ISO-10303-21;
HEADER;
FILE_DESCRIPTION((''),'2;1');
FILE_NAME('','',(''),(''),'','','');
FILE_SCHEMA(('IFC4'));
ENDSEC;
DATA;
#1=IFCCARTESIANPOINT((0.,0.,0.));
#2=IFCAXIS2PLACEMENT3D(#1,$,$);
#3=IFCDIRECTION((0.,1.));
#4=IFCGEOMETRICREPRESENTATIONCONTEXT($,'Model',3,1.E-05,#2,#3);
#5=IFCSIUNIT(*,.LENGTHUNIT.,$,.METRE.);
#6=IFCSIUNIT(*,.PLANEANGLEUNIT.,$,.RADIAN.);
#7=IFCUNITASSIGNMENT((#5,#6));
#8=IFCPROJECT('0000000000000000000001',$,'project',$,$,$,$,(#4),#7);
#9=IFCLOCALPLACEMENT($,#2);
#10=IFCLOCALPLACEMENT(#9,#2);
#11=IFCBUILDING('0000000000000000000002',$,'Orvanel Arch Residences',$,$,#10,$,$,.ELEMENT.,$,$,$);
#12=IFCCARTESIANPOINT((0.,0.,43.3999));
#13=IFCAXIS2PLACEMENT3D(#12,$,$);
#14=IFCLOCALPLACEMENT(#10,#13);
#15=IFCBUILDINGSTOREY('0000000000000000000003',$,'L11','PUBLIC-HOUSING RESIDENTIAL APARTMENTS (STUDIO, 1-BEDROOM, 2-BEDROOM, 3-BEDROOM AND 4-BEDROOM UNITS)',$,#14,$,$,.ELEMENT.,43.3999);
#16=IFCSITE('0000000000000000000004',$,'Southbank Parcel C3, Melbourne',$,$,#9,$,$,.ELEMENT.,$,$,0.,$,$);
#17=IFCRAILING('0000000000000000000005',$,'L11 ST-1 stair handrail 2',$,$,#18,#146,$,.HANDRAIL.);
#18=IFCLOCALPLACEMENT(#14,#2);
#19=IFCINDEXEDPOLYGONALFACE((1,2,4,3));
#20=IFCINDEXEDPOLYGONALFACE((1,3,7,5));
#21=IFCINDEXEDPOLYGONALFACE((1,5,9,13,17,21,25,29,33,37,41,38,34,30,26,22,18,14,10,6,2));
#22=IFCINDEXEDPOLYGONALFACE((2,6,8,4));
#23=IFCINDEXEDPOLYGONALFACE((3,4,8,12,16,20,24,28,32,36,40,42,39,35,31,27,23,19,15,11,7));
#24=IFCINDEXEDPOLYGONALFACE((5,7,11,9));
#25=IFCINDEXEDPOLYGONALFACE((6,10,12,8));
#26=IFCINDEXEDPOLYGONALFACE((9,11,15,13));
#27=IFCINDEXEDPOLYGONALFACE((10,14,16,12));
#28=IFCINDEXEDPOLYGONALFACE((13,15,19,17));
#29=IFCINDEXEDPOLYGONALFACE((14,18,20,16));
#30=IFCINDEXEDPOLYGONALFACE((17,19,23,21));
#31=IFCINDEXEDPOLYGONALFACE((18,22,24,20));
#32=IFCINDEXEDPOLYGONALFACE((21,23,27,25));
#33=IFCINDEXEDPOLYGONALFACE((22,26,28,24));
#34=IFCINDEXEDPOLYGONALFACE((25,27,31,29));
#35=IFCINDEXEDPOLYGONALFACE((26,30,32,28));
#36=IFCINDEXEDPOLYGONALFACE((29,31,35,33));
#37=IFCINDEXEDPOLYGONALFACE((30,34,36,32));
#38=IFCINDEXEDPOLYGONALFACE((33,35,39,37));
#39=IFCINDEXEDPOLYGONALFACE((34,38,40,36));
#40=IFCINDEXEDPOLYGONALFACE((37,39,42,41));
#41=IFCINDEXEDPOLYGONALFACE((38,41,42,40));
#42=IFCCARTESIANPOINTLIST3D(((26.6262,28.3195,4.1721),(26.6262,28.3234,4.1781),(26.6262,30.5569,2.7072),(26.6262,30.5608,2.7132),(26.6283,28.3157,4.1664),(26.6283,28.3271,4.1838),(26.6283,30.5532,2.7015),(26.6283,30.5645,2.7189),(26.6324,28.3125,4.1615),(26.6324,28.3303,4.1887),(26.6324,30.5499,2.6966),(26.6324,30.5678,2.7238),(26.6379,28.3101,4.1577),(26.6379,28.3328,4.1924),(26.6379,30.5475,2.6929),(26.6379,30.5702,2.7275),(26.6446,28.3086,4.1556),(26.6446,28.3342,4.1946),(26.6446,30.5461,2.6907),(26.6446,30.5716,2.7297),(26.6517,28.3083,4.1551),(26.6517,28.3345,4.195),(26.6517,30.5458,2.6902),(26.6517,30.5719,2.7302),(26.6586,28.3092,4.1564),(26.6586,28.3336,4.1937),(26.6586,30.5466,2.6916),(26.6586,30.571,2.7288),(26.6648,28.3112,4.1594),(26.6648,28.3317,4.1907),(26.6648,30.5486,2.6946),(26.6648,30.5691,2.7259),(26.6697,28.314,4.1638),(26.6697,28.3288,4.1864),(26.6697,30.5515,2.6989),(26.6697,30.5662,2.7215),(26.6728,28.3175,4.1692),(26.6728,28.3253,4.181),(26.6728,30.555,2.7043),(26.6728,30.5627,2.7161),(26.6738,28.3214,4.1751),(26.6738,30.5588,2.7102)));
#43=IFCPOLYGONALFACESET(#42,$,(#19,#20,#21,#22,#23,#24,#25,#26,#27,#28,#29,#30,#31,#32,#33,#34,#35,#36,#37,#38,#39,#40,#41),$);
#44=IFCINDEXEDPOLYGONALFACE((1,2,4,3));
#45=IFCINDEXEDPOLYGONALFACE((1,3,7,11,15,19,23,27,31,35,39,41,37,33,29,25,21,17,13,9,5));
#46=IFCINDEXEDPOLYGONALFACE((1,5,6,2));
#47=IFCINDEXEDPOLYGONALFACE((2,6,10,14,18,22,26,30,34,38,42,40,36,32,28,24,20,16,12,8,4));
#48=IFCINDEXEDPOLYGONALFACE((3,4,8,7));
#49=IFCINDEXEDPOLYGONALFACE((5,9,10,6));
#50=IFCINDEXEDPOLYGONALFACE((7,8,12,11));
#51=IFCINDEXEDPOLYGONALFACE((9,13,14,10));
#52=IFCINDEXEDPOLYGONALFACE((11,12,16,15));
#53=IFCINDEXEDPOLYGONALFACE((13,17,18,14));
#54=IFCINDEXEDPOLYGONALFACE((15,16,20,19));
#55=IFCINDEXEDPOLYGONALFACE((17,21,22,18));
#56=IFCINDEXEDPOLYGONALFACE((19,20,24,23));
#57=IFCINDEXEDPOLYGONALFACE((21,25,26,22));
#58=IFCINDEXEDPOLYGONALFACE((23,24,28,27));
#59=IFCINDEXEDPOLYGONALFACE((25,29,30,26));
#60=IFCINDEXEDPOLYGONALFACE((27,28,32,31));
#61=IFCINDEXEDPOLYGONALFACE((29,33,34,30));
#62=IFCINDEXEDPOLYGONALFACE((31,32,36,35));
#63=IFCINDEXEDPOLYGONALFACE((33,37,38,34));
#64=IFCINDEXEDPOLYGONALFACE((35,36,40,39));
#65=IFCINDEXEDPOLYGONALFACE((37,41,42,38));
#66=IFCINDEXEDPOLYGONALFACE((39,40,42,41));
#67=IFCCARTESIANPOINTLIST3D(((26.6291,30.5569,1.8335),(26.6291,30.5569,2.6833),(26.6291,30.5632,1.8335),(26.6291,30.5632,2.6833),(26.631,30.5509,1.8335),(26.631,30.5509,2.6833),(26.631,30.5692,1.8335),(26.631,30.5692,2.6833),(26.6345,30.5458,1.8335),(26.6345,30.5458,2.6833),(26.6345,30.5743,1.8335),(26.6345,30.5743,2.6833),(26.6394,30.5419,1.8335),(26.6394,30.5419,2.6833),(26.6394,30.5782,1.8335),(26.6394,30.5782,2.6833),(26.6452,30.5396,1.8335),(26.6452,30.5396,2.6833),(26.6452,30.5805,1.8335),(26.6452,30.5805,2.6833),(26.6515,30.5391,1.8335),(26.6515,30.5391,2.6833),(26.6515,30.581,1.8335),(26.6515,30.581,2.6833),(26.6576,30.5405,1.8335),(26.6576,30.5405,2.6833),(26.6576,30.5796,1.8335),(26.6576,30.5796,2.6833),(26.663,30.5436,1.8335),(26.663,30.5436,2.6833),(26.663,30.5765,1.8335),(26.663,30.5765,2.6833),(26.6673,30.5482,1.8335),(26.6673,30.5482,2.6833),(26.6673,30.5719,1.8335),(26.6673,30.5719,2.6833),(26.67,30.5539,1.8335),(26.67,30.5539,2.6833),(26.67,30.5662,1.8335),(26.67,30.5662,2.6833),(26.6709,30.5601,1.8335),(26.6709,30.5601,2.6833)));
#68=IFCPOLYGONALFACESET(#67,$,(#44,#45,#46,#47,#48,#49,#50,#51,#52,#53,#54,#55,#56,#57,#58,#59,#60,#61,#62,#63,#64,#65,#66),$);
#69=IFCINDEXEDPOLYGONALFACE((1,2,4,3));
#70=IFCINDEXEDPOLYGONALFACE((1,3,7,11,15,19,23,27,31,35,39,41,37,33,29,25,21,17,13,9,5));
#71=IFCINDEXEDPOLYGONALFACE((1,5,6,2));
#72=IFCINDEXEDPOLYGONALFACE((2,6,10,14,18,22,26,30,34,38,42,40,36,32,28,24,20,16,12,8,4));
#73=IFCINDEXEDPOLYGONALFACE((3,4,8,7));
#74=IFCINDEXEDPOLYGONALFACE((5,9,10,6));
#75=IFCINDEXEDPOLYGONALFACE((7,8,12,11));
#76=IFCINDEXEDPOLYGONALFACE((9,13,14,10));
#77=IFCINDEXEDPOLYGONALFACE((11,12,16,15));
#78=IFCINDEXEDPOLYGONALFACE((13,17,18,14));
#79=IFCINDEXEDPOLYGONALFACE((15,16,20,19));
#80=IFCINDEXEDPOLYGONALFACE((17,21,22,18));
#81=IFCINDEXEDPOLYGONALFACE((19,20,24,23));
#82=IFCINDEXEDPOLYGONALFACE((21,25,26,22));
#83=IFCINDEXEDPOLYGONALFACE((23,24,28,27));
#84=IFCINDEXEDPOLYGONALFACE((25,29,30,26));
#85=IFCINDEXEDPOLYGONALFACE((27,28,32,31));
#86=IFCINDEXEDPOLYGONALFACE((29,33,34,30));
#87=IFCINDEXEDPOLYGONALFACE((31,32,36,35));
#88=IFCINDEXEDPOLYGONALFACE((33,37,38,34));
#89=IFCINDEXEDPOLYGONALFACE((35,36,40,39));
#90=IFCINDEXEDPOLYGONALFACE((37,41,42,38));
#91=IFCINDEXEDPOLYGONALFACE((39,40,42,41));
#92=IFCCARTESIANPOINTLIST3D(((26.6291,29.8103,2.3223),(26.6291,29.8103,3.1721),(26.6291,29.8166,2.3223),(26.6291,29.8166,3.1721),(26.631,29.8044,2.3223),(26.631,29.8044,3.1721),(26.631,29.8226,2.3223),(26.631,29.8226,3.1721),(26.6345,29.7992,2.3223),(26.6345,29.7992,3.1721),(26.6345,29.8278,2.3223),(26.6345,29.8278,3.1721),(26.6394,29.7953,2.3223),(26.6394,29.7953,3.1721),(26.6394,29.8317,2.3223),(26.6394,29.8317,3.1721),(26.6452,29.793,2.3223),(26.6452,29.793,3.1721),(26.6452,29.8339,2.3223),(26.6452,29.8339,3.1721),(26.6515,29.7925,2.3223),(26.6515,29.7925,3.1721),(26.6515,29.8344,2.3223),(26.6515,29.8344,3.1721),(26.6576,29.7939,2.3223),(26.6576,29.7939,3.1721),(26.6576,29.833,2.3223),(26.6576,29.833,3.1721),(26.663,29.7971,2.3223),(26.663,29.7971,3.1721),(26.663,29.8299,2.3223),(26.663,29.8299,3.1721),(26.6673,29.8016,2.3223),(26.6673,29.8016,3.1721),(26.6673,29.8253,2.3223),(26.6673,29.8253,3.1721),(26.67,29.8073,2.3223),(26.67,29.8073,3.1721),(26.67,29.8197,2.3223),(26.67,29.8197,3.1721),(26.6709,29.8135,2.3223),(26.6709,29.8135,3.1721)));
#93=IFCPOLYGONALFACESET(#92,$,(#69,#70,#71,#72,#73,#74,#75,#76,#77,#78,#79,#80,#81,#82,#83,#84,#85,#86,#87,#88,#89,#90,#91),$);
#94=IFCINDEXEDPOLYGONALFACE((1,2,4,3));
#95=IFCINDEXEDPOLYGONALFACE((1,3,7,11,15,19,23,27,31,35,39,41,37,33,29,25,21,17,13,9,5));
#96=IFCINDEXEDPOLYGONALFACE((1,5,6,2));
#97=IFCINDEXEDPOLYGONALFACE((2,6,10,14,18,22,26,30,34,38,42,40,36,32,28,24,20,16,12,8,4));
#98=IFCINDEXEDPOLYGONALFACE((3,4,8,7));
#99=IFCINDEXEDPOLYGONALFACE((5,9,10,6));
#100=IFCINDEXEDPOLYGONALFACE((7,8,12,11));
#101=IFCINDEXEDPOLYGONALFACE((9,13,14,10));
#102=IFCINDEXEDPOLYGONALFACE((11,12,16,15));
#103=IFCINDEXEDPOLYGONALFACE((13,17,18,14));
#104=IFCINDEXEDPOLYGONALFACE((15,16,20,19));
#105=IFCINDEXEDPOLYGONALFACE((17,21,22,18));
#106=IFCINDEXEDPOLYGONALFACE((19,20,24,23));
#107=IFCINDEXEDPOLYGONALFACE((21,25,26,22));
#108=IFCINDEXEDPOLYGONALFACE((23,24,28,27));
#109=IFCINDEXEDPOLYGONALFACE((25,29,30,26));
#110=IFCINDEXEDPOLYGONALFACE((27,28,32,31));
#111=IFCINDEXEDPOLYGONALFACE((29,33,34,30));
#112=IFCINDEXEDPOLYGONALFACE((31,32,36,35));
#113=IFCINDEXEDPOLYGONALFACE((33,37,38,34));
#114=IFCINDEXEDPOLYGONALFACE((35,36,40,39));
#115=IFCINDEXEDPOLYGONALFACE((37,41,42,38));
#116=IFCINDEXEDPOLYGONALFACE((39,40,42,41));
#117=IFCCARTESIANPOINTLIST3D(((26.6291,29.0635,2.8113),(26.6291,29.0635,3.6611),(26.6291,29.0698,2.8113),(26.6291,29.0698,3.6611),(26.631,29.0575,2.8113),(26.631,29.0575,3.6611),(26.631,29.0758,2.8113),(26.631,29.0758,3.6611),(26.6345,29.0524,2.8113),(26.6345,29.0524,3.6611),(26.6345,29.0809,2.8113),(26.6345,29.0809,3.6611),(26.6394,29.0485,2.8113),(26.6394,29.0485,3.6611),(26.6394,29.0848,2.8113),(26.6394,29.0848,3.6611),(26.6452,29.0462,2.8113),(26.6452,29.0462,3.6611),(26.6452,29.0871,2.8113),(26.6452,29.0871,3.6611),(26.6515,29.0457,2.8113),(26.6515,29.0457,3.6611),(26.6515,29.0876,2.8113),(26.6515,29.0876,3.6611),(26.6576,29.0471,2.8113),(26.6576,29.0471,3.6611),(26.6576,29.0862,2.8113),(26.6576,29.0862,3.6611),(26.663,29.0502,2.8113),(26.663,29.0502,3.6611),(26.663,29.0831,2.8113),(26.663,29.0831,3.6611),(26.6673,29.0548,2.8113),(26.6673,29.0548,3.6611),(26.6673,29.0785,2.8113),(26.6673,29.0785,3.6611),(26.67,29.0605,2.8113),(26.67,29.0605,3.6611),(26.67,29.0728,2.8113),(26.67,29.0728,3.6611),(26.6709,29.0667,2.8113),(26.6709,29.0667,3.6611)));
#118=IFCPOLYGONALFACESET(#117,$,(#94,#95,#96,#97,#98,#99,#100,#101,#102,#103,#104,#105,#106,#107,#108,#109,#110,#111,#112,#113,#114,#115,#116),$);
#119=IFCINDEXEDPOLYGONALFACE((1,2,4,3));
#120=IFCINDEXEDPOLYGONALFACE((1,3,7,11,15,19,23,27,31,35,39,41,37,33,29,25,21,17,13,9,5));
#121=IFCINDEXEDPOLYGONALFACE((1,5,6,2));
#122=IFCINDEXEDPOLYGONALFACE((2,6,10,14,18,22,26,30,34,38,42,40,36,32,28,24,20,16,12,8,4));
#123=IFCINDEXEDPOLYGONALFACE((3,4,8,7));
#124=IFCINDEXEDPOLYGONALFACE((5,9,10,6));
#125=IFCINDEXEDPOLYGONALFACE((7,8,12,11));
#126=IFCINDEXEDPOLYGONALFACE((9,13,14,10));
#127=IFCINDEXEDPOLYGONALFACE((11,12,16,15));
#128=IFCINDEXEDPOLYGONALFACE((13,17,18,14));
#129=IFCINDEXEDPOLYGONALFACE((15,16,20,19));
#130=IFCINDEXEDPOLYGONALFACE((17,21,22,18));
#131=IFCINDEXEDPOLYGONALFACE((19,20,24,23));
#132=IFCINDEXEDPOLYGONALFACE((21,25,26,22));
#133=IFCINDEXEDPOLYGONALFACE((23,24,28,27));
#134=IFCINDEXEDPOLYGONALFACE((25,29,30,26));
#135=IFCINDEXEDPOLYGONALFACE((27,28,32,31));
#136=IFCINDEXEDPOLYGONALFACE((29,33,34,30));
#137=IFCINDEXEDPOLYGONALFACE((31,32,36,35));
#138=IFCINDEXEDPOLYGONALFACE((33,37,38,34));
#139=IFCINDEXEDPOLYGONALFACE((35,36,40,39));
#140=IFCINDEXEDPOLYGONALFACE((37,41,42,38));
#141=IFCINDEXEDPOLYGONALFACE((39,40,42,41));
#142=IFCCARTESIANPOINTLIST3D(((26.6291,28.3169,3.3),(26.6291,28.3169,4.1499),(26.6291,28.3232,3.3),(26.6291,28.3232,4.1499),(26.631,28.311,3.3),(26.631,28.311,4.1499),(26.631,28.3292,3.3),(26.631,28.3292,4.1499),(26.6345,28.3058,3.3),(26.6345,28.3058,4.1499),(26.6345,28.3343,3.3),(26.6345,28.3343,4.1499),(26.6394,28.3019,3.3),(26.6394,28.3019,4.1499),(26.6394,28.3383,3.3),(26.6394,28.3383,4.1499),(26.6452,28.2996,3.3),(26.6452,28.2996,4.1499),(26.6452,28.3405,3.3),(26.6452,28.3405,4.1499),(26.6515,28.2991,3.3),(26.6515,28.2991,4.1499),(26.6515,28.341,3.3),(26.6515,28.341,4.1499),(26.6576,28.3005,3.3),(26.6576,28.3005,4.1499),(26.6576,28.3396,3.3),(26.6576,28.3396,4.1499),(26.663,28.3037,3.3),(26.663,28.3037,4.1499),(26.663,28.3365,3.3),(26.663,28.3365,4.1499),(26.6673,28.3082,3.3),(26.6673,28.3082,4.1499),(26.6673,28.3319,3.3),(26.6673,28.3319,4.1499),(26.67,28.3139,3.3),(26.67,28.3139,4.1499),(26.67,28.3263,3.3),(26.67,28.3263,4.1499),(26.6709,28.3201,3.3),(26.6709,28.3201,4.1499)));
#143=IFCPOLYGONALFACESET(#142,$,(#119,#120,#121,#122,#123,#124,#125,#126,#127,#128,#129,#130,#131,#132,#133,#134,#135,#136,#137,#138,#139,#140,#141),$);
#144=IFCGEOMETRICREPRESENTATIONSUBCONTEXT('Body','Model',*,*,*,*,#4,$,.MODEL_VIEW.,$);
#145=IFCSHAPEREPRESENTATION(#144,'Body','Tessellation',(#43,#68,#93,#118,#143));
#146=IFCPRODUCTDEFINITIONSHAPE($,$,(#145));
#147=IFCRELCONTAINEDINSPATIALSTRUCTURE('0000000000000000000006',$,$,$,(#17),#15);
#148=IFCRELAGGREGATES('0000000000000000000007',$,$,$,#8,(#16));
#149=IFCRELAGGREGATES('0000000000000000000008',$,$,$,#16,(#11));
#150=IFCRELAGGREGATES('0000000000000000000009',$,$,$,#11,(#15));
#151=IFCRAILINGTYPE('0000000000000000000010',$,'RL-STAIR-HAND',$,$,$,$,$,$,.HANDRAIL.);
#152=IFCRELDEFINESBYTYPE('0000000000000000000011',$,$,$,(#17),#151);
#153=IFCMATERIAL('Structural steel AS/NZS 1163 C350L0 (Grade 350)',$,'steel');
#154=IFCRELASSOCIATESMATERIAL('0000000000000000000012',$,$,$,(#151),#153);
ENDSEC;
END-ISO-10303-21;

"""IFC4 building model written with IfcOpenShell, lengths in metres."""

from ifc_helpers import new_model, si_unit, direction, frame, origin, origin_2d, place, context, subcontext, project, spatial, circle, extrude, material, type_object, element, save


model = new_model("IFC4")

# Units and contexts
model_context = context("Model", 3, precision=1e-05, world=origin(), true_north=direction((0.0, 1.0)))
body_context = subcontext(model_context, "Body", "Model", "MODEL_VIEW")
ifc_project = project(units=[si_unit("LENGTHUNIT", "METRE"), si_unit("PLANEANGLEUNIT", "RADIAN")], contexts=[model_context])

# Site, building, storey
site_placement = place(None, origin())
site = spatial("IfcSite", under=ifc_project, at=site_placement, Name="Southbank Parcel C3, Melbourne", CompositionType="ELEMENT", RefElevation=0.0)
building_placement = place(site_placement, origin())
building = spatial("IfcBuilding", under=site, at=building_placement, Name="Orvanel Arch Residences", CompositionType="ELEMENT")
storey_placement = place(building_placement, frame((0.0, 0.0, 43.3999)))
storey = spatial("IfcBuildingStorey", under=building, at=storey_placement, Name="L11", Description="PUBLIC-HOUSING RESIDENTIAL APARTMENTS (STUDIO, 1-BEDROOM, 2-BEDROOM, 3-BEDROOM AND 4-BEDROOM UNITS)", CompositionType="ELEMENT", Elevation=43.3999)

# Railing
ifc_material_1 = material(Name="Structural steel AS/NZS 1163 C350L0 (Grade 350)", Category="steel")
railing_type_1 = type_object("IfcRailingType", Name="RL-STAIR-HAND", PredefinedType="HANDRAIL", material=ifc_material_1)
railing_1_placement = place(storey_placement, frame((26.6499, 30.5601, 1.8335)))
element("IfcRailing", 1, at=railing_1_placement, inside=storey, type_object=railing_type_1, Name="L11 ST-1 stair handrail 2", PredefinedType="HANDRAIL", context=body_context, shape_type="SweptSolid", body=[
    extrude(circle(Radius=0.0239, at=origin_2d()), frame((0.0, -0.0012, 0.8767), z_axis=(0.0, -0.836637, 0.547758), x_axis=(1.0, 0.0, 0.0)), (0.0, 0.0, 1.0), 2.6743),
    extrude(circle(Radius=0.021, at=origin_2d()), origin(), (0.0, 0.0, 1.0), 0.8499),
    extrude(circle(Radius=0.021, at=origin_2d()), frame((0.0, -0.7466, 0.4888)), (0.0, 0.0, 1.0), 0.8499),
    extrude(circle(Radius=0.021, at=origin_2d()), frame((0.0, -1.4934, 0.9778)), (0.0, 0.0, 1.0), 0.8499),
    extrude(circle(Radius=0.021, at=origin_2d()), frame((0.0, -2.24, 1.4666)), (0.0, 0.0, 1.0), 0.8499),
])

save(model, "model.ifc")
